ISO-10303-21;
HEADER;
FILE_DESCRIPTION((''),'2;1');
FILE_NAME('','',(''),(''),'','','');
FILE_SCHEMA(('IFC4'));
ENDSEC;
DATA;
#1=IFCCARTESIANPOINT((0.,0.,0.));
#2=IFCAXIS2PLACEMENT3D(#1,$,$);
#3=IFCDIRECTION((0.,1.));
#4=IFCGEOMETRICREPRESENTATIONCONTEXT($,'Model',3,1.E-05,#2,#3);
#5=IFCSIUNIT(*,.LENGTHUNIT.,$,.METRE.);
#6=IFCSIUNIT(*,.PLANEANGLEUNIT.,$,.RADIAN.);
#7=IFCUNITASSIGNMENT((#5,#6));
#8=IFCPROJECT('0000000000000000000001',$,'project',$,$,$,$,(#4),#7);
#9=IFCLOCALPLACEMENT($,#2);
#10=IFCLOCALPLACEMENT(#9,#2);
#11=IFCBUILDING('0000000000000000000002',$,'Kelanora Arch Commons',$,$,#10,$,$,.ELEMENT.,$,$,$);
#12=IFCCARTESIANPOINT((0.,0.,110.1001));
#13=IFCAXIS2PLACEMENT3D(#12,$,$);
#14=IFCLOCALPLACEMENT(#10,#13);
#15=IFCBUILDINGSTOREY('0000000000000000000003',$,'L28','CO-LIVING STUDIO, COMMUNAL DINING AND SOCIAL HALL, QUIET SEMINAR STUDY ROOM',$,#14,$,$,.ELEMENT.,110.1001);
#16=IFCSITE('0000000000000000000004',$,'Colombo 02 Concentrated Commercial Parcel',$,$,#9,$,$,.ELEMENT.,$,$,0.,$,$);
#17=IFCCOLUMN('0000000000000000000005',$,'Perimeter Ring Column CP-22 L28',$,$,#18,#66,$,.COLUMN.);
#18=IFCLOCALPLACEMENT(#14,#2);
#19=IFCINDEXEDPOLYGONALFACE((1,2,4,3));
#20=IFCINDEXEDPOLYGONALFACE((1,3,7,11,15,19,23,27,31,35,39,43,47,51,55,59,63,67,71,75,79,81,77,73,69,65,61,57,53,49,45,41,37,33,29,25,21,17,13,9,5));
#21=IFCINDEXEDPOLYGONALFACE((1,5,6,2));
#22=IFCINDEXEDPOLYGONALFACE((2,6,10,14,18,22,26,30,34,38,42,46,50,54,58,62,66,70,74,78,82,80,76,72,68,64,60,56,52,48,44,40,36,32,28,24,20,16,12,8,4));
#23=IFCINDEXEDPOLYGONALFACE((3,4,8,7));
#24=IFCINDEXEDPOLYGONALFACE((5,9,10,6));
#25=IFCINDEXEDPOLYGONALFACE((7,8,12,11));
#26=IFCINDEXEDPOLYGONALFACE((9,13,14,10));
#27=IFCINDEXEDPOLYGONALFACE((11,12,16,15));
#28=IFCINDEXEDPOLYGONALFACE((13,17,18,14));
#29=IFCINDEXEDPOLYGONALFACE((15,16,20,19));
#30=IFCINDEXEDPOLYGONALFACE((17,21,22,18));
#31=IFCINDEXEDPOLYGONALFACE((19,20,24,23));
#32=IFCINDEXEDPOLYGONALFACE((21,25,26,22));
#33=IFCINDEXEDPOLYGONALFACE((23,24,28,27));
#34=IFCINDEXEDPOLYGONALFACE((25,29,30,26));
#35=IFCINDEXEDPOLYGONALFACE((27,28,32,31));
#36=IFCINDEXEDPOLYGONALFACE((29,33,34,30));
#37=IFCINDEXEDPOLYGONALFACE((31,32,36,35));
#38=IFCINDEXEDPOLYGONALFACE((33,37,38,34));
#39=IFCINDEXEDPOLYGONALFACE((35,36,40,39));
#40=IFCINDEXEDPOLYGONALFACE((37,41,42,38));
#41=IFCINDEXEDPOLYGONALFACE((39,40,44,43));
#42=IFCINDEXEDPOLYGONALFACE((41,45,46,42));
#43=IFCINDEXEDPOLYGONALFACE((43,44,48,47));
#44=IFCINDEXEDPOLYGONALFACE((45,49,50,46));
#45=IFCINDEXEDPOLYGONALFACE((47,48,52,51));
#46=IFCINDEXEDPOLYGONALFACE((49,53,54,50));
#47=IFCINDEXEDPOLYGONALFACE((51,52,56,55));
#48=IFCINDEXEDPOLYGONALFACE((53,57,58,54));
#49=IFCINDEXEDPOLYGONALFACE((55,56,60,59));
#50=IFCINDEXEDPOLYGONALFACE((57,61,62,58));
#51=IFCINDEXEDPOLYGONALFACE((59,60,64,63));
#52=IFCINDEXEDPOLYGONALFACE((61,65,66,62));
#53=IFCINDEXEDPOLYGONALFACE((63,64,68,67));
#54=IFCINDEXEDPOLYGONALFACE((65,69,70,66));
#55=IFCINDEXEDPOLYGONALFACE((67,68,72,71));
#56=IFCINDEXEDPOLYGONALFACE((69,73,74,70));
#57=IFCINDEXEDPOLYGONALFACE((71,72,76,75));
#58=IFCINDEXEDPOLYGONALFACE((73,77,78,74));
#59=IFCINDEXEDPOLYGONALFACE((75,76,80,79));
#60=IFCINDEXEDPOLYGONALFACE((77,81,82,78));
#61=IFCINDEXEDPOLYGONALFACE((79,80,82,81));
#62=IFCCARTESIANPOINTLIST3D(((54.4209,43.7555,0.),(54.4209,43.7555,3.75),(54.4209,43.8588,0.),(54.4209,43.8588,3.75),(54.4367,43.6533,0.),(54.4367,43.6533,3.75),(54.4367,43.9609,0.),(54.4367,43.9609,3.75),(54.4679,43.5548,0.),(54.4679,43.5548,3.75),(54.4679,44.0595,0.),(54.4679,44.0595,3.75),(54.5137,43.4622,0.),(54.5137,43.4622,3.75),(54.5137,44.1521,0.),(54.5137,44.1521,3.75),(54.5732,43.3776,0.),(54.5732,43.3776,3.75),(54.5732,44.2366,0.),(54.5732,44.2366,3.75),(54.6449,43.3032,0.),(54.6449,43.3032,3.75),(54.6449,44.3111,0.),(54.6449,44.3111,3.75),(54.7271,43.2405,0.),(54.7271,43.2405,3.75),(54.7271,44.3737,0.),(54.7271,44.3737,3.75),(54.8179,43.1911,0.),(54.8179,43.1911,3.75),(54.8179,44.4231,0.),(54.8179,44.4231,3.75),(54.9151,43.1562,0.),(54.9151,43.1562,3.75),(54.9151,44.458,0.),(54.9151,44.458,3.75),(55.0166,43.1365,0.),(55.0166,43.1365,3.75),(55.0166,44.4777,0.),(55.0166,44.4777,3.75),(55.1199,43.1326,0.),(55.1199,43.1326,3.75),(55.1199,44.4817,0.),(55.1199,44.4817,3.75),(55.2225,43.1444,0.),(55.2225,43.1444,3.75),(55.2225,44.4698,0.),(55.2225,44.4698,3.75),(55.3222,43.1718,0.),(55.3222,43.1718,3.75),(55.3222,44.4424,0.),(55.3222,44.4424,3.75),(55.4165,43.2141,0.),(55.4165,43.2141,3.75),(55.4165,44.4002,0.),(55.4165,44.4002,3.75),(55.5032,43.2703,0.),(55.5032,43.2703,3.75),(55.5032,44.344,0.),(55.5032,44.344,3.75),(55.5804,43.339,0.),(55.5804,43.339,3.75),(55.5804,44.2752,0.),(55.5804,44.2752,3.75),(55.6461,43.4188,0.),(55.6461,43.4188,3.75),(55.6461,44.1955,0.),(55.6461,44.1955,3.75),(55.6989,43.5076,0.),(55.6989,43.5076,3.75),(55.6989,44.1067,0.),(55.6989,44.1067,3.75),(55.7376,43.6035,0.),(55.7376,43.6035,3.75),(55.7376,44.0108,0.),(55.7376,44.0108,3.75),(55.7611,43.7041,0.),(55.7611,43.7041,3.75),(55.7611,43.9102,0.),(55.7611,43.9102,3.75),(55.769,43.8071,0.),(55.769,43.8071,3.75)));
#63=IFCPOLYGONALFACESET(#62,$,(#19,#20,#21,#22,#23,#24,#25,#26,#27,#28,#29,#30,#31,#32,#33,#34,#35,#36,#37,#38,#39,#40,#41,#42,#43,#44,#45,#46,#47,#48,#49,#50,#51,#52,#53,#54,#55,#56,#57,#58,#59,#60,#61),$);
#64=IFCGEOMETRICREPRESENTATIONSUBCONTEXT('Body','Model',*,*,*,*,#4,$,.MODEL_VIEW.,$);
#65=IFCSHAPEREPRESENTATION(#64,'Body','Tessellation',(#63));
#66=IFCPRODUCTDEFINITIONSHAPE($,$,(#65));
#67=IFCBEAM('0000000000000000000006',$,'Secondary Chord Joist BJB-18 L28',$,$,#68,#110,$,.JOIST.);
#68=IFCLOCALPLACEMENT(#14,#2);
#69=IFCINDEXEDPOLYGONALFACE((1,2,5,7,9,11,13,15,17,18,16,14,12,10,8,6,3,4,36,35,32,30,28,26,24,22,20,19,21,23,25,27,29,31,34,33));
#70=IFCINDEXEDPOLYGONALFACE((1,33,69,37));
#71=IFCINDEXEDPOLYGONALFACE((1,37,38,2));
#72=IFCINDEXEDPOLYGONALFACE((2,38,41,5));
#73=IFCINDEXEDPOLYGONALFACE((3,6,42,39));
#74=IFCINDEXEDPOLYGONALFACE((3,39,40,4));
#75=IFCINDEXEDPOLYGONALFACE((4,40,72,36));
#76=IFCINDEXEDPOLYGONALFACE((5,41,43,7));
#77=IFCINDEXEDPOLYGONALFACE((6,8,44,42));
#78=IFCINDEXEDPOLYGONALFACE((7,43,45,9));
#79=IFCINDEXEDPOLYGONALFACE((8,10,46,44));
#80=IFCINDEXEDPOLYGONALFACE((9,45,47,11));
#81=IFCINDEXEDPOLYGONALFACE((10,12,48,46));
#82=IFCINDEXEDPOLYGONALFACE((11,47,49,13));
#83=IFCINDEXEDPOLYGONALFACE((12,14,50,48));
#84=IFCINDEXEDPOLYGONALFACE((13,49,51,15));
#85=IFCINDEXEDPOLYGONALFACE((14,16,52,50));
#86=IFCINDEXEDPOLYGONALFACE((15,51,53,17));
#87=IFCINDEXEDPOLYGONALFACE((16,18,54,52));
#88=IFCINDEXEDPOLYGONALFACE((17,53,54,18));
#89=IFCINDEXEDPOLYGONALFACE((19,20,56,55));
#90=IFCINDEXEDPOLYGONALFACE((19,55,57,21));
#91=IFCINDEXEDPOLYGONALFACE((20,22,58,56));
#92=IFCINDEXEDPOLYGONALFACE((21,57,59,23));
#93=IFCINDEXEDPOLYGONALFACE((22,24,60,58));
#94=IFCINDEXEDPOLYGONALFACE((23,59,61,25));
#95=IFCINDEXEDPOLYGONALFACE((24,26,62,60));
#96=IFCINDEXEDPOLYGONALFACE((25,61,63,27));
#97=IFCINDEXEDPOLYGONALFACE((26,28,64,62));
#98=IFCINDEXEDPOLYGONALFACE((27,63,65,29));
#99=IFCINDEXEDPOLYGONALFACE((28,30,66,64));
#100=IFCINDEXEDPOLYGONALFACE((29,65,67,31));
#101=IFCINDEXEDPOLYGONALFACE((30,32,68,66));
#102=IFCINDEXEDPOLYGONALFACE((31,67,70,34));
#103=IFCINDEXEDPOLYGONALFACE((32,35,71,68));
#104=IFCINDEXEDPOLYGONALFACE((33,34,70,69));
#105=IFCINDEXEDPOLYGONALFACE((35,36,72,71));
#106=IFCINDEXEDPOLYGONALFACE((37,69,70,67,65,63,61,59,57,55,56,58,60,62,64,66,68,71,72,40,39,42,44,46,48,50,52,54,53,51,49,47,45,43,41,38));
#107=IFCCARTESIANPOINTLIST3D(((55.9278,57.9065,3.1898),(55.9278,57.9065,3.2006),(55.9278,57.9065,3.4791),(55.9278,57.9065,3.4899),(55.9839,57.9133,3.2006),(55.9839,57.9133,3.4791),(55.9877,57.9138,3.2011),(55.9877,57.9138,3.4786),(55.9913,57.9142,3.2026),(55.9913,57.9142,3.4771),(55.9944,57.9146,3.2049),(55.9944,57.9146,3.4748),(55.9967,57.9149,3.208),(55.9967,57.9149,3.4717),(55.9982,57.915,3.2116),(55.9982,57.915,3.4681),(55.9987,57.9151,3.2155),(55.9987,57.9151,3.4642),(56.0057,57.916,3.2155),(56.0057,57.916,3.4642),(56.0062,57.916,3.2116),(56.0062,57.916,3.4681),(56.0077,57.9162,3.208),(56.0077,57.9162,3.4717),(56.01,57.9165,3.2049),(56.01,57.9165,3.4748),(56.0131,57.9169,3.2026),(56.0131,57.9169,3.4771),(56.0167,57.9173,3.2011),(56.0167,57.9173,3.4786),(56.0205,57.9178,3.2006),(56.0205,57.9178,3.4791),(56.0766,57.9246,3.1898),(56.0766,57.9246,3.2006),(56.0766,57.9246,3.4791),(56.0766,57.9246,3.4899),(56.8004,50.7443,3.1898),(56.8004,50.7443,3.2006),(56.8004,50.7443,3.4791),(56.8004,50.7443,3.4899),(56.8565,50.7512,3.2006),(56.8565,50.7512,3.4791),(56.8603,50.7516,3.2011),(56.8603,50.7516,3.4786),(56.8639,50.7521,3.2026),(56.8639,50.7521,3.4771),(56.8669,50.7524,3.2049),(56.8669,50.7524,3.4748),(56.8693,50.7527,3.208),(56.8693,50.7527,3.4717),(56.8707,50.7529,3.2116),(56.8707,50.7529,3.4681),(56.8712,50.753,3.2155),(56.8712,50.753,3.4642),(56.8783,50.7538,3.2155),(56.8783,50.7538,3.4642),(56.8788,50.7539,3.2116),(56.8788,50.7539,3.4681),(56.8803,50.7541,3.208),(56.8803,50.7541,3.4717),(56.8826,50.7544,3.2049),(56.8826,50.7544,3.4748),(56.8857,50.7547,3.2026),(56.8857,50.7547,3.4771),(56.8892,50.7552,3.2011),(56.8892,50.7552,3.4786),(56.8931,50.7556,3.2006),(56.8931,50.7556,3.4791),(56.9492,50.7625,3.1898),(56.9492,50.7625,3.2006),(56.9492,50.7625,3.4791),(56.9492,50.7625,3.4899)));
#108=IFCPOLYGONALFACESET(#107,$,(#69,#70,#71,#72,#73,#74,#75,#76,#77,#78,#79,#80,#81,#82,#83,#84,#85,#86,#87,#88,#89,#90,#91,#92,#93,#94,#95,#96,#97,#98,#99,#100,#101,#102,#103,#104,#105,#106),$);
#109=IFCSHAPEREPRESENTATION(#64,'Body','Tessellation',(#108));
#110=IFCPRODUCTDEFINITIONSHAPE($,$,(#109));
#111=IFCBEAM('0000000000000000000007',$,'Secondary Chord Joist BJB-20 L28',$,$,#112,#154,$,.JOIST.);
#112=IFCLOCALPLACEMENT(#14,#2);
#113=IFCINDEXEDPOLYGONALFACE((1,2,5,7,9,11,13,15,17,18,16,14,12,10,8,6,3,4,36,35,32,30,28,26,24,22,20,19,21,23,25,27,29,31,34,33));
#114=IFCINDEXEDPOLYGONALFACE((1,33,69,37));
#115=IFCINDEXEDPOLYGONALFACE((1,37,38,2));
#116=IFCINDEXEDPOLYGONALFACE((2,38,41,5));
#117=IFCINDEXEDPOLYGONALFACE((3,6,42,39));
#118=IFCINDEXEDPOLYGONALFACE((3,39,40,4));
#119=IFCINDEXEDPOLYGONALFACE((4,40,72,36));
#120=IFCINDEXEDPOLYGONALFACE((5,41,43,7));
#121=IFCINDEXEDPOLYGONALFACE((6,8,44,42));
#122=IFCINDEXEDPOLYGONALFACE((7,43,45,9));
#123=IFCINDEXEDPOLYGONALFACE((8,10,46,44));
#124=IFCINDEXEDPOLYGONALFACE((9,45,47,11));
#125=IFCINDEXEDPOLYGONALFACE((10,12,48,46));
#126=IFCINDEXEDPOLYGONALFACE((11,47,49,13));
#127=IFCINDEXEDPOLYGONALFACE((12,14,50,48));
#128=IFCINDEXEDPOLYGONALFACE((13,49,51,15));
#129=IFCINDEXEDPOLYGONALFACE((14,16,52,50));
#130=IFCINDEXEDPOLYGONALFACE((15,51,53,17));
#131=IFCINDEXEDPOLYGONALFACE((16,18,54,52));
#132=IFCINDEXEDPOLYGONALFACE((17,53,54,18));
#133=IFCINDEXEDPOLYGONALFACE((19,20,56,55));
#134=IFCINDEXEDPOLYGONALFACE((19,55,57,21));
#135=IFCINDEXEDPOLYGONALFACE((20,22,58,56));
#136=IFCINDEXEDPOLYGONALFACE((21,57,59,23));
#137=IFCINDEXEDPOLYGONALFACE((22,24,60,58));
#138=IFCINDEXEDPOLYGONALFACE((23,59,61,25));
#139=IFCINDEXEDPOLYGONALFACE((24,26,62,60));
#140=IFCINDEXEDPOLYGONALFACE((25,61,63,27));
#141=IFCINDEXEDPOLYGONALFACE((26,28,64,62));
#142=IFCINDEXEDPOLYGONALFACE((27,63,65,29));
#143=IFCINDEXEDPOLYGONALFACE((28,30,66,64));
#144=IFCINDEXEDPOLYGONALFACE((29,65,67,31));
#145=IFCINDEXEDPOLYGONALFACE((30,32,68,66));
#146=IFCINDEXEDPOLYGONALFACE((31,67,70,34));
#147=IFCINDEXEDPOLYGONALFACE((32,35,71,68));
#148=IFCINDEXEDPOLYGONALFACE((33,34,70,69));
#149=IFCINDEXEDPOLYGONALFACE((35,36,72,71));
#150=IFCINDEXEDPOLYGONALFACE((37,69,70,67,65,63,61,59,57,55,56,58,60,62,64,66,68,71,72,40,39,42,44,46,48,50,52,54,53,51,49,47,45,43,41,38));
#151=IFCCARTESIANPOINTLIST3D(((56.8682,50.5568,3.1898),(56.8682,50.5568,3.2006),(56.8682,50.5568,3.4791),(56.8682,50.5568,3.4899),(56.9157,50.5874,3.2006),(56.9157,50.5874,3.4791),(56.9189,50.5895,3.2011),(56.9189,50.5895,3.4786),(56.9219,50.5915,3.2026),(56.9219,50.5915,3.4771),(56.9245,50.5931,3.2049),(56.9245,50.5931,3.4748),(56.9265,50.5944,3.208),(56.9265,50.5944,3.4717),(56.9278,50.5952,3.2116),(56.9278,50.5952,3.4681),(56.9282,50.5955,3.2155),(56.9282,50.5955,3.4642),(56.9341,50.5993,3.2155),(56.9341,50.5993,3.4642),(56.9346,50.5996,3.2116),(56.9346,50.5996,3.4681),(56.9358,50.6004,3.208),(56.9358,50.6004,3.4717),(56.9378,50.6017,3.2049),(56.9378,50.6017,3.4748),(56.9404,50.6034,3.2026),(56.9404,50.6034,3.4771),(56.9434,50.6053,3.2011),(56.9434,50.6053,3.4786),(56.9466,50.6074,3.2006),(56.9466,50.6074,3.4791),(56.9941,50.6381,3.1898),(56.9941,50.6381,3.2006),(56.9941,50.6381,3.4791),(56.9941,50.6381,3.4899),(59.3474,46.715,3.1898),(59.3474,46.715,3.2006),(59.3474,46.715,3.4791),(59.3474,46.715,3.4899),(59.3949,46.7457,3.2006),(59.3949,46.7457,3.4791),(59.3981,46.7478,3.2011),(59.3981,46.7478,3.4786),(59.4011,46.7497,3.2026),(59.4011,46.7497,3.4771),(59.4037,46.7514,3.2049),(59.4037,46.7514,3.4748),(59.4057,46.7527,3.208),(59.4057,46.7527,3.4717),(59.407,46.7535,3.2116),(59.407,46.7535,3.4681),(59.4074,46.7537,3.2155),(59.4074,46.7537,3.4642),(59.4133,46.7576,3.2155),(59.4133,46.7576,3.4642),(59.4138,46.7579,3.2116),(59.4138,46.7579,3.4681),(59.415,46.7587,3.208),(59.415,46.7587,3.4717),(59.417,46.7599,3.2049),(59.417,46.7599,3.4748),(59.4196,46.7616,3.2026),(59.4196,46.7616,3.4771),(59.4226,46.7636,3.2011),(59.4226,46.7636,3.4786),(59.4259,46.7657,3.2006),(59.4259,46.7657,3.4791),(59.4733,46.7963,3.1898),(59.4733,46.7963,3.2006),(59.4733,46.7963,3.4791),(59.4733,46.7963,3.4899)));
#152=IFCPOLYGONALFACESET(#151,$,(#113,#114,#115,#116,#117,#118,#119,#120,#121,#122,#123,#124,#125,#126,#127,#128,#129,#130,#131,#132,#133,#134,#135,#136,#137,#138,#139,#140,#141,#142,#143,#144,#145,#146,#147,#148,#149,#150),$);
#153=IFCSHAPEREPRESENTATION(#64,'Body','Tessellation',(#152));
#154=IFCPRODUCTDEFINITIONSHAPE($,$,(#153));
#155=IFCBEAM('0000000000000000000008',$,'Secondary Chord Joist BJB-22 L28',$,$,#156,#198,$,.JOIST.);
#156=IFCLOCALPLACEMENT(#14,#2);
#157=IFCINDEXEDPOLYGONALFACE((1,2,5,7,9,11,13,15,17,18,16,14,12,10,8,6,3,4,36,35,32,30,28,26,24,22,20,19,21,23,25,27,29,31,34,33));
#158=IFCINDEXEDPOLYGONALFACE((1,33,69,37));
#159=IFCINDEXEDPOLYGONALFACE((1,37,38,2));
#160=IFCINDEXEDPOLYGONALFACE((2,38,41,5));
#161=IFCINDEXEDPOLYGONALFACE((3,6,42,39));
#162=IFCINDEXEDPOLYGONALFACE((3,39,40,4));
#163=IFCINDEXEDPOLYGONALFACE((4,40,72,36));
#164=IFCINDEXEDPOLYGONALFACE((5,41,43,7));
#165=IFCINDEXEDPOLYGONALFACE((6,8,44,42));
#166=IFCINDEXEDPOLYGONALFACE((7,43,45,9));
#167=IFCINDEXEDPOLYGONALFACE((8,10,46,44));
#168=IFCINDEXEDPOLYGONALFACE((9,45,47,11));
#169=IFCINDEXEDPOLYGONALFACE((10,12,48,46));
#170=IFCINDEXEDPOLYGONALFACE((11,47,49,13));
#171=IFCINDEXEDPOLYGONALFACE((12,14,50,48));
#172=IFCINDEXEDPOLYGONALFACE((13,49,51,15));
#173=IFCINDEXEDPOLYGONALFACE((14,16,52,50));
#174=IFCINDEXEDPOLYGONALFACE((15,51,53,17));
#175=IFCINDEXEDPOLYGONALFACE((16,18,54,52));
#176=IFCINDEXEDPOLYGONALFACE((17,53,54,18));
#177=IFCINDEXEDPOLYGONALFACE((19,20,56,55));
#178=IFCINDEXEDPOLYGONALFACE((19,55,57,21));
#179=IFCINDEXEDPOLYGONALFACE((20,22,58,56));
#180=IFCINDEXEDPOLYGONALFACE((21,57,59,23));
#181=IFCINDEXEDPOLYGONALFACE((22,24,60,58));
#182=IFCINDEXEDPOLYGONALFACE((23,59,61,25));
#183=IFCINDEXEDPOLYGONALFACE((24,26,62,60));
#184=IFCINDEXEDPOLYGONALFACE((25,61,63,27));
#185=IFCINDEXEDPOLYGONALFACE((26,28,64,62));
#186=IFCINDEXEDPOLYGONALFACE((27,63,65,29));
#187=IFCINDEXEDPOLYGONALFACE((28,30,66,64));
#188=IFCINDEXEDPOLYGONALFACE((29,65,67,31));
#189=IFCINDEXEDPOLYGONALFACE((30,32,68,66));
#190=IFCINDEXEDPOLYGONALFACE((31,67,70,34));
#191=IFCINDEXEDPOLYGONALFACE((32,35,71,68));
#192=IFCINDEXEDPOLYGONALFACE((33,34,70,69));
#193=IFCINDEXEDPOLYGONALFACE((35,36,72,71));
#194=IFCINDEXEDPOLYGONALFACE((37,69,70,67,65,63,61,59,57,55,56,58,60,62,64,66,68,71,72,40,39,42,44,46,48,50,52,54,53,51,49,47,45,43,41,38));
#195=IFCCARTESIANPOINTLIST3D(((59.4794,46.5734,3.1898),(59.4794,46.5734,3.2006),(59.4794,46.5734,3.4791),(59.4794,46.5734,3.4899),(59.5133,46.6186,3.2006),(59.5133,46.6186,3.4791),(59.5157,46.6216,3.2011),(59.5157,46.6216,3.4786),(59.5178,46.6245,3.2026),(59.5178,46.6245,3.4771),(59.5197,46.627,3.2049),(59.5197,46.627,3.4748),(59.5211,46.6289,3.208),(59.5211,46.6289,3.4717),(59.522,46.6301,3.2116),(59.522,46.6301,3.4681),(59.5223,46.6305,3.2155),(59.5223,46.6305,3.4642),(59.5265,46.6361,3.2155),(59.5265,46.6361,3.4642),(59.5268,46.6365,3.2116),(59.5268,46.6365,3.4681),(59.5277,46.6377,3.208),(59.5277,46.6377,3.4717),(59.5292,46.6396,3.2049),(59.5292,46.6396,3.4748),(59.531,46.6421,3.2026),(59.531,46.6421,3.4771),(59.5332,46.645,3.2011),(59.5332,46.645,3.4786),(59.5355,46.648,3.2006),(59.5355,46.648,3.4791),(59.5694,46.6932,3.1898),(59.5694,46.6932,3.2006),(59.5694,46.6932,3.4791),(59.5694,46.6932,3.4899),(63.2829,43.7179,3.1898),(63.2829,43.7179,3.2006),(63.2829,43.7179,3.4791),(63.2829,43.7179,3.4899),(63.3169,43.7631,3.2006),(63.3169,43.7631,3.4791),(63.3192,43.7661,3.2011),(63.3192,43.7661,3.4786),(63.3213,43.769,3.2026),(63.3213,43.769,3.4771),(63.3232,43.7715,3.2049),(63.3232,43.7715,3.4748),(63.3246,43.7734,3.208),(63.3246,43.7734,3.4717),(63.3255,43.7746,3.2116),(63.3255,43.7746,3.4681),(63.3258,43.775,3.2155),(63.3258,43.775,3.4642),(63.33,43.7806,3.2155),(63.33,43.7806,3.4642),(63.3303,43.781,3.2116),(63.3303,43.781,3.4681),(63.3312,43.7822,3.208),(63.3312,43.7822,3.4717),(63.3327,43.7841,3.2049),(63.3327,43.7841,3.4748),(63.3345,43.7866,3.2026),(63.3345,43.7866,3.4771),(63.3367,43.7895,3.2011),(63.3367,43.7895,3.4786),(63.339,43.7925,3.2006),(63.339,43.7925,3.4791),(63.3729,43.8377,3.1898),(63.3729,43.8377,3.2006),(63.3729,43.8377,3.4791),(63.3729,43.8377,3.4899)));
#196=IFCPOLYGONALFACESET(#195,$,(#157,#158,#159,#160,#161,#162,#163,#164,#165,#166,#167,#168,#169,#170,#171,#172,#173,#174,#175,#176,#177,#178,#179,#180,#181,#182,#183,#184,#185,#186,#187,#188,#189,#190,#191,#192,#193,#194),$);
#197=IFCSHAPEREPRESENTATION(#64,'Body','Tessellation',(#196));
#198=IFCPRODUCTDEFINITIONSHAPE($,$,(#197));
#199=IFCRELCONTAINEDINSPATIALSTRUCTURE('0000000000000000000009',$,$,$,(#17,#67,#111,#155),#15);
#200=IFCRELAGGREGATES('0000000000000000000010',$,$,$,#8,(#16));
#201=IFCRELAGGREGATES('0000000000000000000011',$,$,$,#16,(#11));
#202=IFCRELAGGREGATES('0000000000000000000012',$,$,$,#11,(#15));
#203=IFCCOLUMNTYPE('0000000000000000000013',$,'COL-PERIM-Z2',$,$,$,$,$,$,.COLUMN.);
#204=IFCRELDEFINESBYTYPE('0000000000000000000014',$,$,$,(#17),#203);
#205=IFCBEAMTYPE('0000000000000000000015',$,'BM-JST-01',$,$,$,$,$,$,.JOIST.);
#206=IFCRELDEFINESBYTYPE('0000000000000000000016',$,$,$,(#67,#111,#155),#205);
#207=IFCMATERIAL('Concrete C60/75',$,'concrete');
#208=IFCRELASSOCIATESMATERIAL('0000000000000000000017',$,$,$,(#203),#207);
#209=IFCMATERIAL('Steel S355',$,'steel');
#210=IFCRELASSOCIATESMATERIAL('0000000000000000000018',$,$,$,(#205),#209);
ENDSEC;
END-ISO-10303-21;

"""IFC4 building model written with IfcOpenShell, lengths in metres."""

from ifc_helpers import new_model, si_unit, direction, frame, origin, origin_2d, place, context, subcontext, project, spatial, circle, i_section, extrude, material, material_profile, profile_set, type_object, element, save


model = new_model("IFC4")

# Units and contexts
model_context = context("Model", 3, precision=1e-05, world=origin(), true_north=direction((0.0, 1.0)))
body_context = subcontext(model_context, "Body", "Model", "MODEL_VIEW")
ifc_project = project(units=[si_unit("LENGTHUNIT", "METRE"), si_unit("PLANEANGLEUNIT", "RADIAN")], contexts=[model_context])

# Site, building, storey
site_placement = place(None, origin())
site = spatial("IfcSite", under=ifc_project, at=site_placement, Name="Colombo 02 Concentrated Commercial Parcel", CompositionType="ELEMENT", RefElevation=0.0)
building_placement = place(site_placement, origin())
building = spatial("IfcBuilding", under=site, at=building_placement, Name="Kelanora Arch Commons", CompositionType="ELEMENT")
storey_placement = place(building_placement, frame((0.0, 0.0, 110.1001)))
storey = spatial("IfcBuildingStorey", under=building, at=storey_placement, Name="L28", Description="CO-LIVING STUDIO, COMMUNAL DINING AND SOCIAL HALL, QUIET SEMINAR STUDY ROOM", CompositionType="ELEMENT", Elevation=110.1001)

# Column
ifc_material_1 = material(Name="Concrete C60/75", Category="concrete")
ifc_material_profile_1 = material_profile(ifc_material_1, circle(Radius=0.675, at=origin_2d()), Name="RCC1350")
ifc_profile_set_1 = profile_set([ifc_material_profile_1], Name="Concrete C60/75")
column_type = type_object("IfcColumnType", Name="COL-PERIM-Z2", PredefinedType="COLUMN", material=ifc_profile_set_1)
column_placement = place(storey_placement, frame((55.094, 43.8071, 0.0), z_axis=(0.0, 0.0, 1.0), x_axis=(1.0, 0.0, 0.0)))
element("IfcColumn", 1, at=column_placement, inside=storey, type_object=column_type, Name="Perimeter Ring Column CP-22 L28", PredefinedType="COLUMN", context=body_context, shape_type="SweptSolid", body=[
    extrude(circle(Radius=0.675, at=origin_2d()), origin(), (0.0, 0.0, 1.0), 3.75),
])

# Beams
ifc_material_2 = material(Name="Steel S355", Category="steel")
ifc_material_profile_2 = material_profile(ifc_material_2, i_section(OverallWidth=0.1499, OverallDepth=0.3, WebThickness=0.0071, FlangeThickness=0.0107, FilletRadius=0.0149, at=origin_2d()), Name="IPE300")
ifc_profile_set_2 = profile_set([ifc_material_profile_2], Name="Steel S355")
beam_type_1 = type_object("IfcBeamType", Name="BM-JST-01", PredefinedType="JOIST", material=ifc_profile_set_2)
beam_1_placement = place(storey_placement, frame((56.0022, 57.9155, 3.3398), z_axis=(0.120936, -0.99266, 0.0), x_axis=(0.99266, 0.120936, 0.0)))
element("IfcBeam", 2, at=beam_1_placement, inside=storey, type_object=beam_type_1, Name="Secondary Chord Joist BJB-18 L28", PredefinedType="JOIST", context=body_context, shape_type="SweptSolid", body=[
    extrude(i_section(OverallWidth=0.1499, OverallDepth=0.3, WebThickness=0.0071, FlangeThickness=0.0107, FilletRadius=0.0149, at=origin_2d()), origin(), (0.0, 0.0, 1.0), 7.2151),
])
beam_2_placement = place(storey_placement, frame((56.9312, 50.5974, 3.3398), z_axis=(0.54223, -0.84023, 0.0), x_axis=(0.84023, 0.54223, 0.0)))
element("IfcBeam", 3, at=beam_2_placement, inside=storey, type_object=beam_type_1, Name="Secondary Chord Joist BJB-20 L28", PredefinedType="JOIST", context=body_context, shape_type="SweptSolid", body=[
    extrude(i_section(OverallWidth=0.1499, OverallDepth=0.3, WebThickness=0.0071, FlangeThickness=0.0107, FilletRadius=0.0149, at=origin_2d()), origin(), (0.0, 0.0, 1.0), 4.5723),
])
beam_3_placement = place(storey_placement, frame((59.5244, 46.6333, 3.3398), z_axis=(0.79971, -0.600386, 0.0), x_axis=(0.600386, 0.79971, 0.0)))
element("IfcBeam", 4, at=beam_3_placement, inside=storey, type_object=beam_type_1, Name="Secondary Chord Joist BJB-22 L28", PredefinedType="JOIST", context=body_context, shape_type="SweptSolid", body=[
    extrude(i_section(OverallWidth=0.1499, OverallDepth=0.3, WebThickness=0.0071, FlangeThickness=0.0107, FilletRadius=0.0149, at=origin_2d()), origin(), (0.0, 0.0, 1.0), 4.7561),
])

save(model, "model.ifc")
